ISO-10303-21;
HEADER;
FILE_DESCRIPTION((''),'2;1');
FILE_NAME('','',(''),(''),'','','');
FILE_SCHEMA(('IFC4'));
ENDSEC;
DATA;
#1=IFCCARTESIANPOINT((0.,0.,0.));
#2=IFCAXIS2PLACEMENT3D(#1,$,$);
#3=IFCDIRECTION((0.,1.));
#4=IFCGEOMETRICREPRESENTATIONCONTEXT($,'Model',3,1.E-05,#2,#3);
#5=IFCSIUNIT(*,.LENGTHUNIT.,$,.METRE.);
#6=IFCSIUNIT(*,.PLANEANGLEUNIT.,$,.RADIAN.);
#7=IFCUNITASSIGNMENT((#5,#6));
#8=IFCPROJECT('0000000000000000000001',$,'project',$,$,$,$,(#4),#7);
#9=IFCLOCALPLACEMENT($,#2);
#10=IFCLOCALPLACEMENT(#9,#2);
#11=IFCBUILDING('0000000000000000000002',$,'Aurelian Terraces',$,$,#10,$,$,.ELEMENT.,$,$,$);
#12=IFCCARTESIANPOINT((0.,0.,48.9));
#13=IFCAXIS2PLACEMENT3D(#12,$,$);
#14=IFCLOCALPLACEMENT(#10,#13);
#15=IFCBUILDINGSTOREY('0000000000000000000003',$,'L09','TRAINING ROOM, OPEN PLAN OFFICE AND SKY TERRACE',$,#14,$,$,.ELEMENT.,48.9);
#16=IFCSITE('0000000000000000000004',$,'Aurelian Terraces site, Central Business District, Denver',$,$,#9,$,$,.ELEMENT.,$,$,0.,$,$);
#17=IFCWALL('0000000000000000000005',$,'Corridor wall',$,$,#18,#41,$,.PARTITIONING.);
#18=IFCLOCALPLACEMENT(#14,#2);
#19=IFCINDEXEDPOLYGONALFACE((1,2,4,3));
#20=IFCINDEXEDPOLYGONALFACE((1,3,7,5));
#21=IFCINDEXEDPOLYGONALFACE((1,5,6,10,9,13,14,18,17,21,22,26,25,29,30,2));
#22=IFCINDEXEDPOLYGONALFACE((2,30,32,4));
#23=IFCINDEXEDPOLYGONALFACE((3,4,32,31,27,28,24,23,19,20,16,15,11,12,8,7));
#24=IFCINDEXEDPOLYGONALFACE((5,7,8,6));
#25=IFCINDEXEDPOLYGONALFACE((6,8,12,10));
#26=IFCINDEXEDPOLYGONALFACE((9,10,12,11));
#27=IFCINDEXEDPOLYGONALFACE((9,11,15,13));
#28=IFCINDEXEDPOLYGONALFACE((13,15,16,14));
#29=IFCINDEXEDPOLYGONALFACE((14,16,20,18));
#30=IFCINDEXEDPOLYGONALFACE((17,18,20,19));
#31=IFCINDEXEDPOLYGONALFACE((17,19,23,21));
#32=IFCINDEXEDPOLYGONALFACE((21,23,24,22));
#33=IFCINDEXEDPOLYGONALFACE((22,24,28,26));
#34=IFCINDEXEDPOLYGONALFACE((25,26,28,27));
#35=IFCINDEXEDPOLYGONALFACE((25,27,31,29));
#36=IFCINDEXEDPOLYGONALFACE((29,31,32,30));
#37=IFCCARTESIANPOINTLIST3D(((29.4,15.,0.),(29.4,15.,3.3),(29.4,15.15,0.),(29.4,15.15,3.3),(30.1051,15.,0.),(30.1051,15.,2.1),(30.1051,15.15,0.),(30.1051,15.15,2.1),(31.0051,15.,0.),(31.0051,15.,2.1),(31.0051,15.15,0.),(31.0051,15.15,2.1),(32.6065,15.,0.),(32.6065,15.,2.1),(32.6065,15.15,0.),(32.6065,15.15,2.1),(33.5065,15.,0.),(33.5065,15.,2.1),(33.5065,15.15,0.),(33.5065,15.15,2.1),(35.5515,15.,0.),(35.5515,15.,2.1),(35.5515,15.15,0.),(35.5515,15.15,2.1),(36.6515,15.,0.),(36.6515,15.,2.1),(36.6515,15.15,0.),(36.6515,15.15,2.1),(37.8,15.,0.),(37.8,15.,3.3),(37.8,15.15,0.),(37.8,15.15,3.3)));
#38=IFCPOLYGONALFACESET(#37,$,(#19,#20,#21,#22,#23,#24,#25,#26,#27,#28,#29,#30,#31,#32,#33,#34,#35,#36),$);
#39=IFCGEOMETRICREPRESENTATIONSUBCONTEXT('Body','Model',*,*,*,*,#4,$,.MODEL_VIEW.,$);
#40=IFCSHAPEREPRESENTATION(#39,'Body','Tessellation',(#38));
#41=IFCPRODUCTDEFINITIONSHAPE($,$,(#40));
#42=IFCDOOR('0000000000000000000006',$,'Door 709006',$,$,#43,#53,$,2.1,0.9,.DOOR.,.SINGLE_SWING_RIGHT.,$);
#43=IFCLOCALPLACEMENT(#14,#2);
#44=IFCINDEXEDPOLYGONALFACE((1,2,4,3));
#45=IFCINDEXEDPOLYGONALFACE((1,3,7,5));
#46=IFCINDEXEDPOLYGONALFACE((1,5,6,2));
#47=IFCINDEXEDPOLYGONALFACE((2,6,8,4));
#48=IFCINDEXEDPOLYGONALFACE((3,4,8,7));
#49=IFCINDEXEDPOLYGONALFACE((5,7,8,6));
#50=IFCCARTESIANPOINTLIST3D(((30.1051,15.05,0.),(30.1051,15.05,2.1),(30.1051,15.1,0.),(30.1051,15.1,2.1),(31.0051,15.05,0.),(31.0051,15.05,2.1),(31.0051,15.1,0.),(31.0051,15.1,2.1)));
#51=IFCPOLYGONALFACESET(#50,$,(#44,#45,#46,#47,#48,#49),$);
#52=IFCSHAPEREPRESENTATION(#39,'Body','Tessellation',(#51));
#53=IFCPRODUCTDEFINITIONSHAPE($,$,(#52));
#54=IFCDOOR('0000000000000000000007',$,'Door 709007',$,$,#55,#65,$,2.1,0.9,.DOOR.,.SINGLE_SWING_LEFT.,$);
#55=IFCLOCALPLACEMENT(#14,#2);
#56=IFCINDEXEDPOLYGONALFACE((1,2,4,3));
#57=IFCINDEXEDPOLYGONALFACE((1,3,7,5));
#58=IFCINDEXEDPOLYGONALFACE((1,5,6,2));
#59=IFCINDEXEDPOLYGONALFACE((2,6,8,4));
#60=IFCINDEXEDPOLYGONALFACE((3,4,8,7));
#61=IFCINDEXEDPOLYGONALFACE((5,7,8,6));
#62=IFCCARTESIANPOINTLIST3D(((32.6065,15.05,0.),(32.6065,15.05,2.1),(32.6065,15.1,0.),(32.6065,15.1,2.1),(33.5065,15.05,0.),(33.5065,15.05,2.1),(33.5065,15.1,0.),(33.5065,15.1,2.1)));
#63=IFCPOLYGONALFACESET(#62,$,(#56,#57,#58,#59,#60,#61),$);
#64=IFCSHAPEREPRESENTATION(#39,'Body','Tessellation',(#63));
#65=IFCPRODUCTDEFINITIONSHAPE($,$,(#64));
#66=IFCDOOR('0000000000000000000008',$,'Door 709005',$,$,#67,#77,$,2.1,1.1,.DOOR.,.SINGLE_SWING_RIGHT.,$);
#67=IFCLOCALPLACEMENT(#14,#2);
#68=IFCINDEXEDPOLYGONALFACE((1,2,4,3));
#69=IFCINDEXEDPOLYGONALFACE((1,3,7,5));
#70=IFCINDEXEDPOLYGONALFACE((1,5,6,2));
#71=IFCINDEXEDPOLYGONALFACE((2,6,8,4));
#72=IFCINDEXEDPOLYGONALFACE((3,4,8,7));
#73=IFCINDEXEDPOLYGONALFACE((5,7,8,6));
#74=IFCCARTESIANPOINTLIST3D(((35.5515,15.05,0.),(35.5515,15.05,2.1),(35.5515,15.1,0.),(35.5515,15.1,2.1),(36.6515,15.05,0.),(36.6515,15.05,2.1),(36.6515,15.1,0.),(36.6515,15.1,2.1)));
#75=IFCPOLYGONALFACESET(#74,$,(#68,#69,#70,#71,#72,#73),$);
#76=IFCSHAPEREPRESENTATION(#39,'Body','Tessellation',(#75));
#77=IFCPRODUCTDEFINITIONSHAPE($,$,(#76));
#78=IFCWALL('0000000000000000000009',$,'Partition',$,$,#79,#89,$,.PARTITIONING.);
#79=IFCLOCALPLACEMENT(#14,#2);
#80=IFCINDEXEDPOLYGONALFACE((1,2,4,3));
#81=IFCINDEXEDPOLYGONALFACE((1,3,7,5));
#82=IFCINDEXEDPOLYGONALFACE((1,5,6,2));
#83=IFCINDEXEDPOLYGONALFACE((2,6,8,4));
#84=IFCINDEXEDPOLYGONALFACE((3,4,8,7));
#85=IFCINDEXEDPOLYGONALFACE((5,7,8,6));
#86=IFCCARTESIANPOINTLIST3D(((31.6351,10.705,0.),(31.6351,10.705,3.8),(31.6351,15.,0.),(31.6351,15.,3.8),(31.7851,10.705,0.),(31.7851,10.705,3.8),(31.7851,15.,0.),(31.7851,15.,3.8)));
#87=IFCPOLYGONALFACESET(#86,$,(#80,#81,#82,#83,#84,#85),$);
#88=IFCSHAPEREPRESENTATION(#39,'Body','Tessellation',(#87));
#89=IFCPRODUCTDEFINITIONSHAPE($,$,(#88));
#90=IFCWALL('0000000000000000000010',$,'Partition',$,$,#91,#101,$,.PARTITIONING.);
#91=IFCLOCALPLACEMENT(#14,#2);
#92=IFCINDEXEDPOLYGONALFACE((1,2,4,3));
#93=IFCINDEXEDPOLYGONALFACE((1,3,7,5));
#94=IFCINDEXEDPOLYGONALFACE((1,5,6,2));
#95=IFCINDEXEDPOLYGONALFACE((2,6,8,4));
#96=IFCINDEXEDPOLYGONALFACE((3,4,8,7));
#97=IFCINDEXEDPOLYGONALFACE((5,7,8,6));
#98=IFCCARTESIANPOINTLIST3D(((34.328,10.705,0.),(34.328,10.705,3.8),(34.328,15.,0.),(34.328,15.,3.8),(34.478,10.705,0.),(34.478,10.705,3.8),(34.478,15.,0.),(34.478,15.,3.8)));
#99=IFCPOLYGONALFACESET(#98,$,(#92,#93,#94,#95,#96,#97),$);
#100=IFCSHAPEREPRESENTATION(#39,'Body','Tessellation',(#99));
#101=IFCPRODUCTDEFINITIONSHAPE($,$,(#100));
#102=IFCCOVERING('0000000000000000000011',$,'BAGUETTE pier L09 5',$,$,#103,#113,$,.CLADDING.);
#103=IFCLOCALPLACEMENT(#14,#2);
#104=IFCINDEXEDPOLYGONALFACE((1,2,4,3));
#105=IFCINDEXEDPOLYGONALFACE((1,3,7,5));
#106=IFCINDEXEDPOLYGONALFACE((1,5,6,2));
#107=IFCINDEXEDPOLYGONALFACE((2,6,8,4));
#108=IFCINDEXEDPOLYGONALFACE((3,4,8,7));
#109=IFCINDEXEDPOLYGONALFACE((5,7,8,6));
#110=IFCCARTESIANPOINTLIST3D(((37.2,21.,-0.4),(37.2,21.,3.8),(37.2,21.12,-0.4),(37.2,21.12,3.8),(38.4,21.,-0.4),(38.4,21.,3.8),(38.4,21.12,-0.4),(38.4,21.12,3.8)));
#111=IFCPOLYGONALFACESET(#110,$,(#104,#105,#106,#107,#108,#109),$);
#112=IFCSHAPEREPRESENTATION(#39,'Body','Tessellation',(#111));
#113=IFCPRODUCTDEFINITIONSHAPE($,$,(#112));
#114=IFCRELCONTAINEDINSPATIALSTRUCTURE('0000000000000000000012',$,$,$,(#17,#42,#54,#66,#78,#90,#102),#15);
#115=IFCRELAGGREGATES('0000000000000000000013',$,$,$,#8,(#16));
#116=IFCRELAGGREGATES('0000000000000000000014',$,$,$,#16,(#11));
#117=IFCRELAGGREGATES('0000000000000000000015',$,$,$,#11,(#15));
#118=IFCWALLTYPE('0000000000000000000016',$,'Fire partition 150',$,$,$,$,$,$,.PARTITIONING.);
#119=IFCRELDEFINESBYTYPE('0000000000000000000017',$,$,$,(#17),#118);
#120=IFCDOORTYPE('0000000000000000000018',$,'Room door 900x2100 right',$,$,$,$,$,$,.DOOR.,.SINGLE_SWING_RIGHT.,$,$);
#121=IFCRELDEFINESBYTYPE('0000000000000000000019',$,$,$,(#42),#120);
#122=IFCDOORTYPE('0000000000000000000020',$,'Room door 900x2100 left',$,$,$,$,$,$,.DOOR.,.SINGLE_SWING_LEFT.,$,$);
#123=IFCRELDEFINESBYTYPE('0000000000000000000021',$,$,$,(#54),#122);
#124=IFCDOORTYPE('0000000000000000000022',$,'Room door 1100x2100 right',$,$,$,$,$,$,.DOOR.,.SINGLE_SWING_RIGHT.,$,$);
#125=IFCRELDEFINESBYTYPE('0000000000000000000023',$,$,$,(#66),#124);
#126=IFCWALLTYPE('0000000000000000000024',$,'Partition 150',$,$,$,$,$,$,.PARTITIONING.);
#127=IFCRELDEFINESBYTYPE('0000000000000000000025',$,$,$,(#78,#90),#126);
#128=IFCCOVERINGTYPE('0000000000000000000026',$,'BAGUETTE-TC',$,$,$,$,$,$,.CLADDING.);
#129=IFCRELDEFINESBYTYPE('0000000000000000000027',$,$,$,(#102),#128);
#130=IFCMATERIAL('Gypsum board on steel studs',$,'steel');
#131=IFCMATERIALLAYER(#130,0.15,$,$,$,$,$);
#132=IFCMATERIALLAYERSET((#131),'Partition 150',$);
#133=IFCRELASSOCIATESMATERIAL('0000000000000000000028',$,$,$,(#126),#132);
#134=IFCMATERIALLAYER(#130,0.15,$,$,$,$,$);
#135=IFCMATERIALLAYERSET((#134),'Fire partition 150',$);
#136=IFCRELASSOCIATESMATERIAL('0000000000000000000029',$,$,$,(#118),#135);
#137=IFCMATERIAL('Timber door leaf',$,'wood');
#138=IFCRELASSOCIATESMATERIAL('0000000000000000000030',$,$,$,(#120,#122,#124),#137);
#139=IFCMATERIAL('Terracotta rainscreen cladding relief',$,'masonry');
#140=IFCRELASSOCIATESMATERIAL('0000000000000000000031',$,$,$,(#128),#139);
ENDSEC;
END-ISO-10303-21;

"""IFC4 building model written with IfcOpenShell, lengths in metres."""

from ifc_helpers import new_model, si_unit, direction, frame, frame_2d, origin, origin_2d, place, context, subcontext, project, spatial, rectangle, extrude, source, transform, mapped, material, layer, layer_set, type_object, element, fill, save


model = new_model("IFC4")

# Units and contexts
model_context = context("Model", 3, precision=1e-05, world=origin(), true_north=direction((0.0, 1.0)))
body_context = subcontext(model_context, "Body", "Model", "MODEL_VIEW")
ifc_project = project(units=[si_unit("LENGTHUNIT", "METRE"), si_unit("PLANEANGLEUNIT", "RADIAN")], contexts=[model_context])

# Site, building, storey
site_placement = place(None, origin())
site = spatial("IfcSite", under=ifc_project, at=site_placement, Name="Aurelian Terraces site, Central Business District, Denver", CompositionType="ELEMENT", RefElevation=0.0)
building_placement = place(site_placement, origin())
building = spatial("IfcBuilding", under=site, at=building_placement, Name="Aurelian Terraces", CompositionType="ELEMENT")
storey_placement = place(building_placement, frame((0.0, 0.0, 48.9)))
storey = spatial("IfcBuildingStorey", under=building, at=storey_placement, Name="L09", Description="TRAINING ROOM, OPEN PLAN OFFICE AND SKY TERRACE", CompositionType="ELEMENT", Elevation=48.9)

# Shared definitions
ifc_material_1 = material(Name="Gypsum board on steel studs", Category="steel")
ifc_layer_1 = layer(ifc_material_1, 0.15)
ifc_layer_set_1 = layer_set([ifc_layer_1], Name="Partition 150")
wall_type_1 = type_object("IfcWallType", Name="Partition 150", PredefinedType="PARTITIONING", material=ifc_layer_set_1)

# Wall, openings, doors
ifc_layer_2 = layer(ifc_material_1, 0.15)
ifc_layer_set_2 = layer_set([ifc_layer_2], Name="Fire partition 150")
wall_type_2 = type_object("IfcWallType", Name="Fire partition 150", PredefinedType="PARTITIONING", material=ifc_layer_set_2)
shared_shape_1 = source(origin(), body_context, "Body", "SweptSolid", [
    extrude(rectangle(XDim=8.4, YDim=0.15, at=frame_2d((4.2, 0.0))), origin(), (0.0, 0.0, 1.0), 3.3),
])
wall_1_placement = place(storey_placement, frame((37.8, 15.075, 0.0), z_axis=(0.0, 0.0, 1.0), x_axis=(-1.0, 0.0, 0.0)))
wall_1 = element("IfcWall", 1, at=wall_1_placement, inside=storey, type_object=wall_type_2, Name="Corridor wall", PredefinedType="PARTITIONING", context=body_context, shape_type="MappedRepresentation", body=[
    mapped(shared_shape_1, transform((0.0, 0.0, 0.0), scale=1.0)),
])
shared_shape_2 = source(origin(), body_context, "Body", "SweptSolid", [
    extrude(rectangle(XDim=1.1, YDim=2.1, at=frame_2d((0.55, 1.05))), frame((0.0, 0.085, 0.0), z_axis=(0.0, -1.0, 0.0), x_axis=(1.0, 0.0, 0.0)), (0.0, 0.0, 1.0), 0.17),
])
opening_1_placement = place(wall_1_placement, frame((1.1485, 0.0, 0.0)))
opening_1 = element("IfcOpeningElement", 2, at=opening_1_placement, cuts=wall_1, PredefinedType="OPENING", context=body_context, shape_type="MappedRepresentation", body=[
    mapped(shared_shape_2, transform((0.0, 0.0, 0.0), scale=1.0)),
])
shared_shape_3 = source(origin(), body_context, "Body", "SweptSolid", [
    extrude(rectangle(XDim=0.9, YDim=2.1, at=frame_2d((0.45, 1.05))), frame((0.0, 0.085, 0.0), z_axis=(0.0, -1.0, 0.0), x_axis=(1.0, 0.0, 0.0)), (0.0, 0.0, 1.0), 0.17),
])
opening_2_placement = place(wall_1_placement, frame((6.7949, 0.0, 0.0)))
opening_2 = element("IfcOpeningElement", 3, at=opening_2_placement, cuts=wall_1, PredefinedType="OPENING", context=body_context, shape_type="MappedRepresentation", body=[
    mapped(shared_shape_3, transform((0.0, 0.0, 0.0), scale=1.0)),
])
opening_3_placement = place(wall_1_placement, frame((4.2935, 0.0, 0.0)))
opening_3 = element("IfcOpeningElement", 4, at=opening_3_placement, cuts=wall_1, PredefinedType="OPENING", context=body_context, shape_type="MappedRepresentation", body=[
    mapped(shared_shape_3, transform((0.0, 0.0, 0.0), scale=1.0)),
])
ifc_material_2 = material(Name="Timber door leaf", Category="wood")
door_type_1 = type_object("IfcDoorType", Name="Room door 900x2100 right", OperationType="SINGLE_SWING_RIGHT", PredefinedType="DOOR", material=ifc_material_2)
shared_shape_4 = source(origin(), body_context, "Body", "SweptSolid", [
    extrude(rectangle(XDim=0.9, YDim=2.1, at=frame_2d((0.45, 1.05))), frame((0.0, 0.025, 0.0), z_axis=(0.0, -1.0, 0.0), x_axis=(1.0, 0.0, 0.0)), (0.0, 0.0, 1.0), 0.05),
])
door_1_placement = place(opening_2_placement, origin())
door_1 = element("IfcDoor", 5, at=door_1_placement, inside=storey, type_object=door_type_1, Name="Door 709006", OperationType="SINGLE_SWING_RIGHT", OverallHeight=2.1, OverallWidth=0.9, PredefinedType="DOOR", context=body_context, shape_type="MappedRepresentation", body=[
    mapped(shared_shape_4, transform((0.0, 0.0, 0.0), scale=1.0)),
])
fill(opening_2, door_1)
door_type_2 = type_object("IfcDoorType", Name="Room door 900x2100 left", OperationType="SINGLE_SWING_LEFT", PredefinedType="DOOR", material=ifc_material_2)
door_2_placement = place(opening_3_placement, origin())
door_2 = element("IfcDoor", 6, at=door_2_placement, inside=storey, type_object=door_type_2, Name="Door 709007", OperationType="SINGLE_SWING_LEFT", OverallHeight=2.1, OverallWidth=0.9, PredefinedType="DOOR", context=body_context, shape_type="MappedRepresentation", body=[
    mapped(shared_shape_4, transform((0.0, 0.0, 0.0), scale=1.0)),
])
fill(opening_3, door_2)
door_type_3 = type_object("IfcDoorType", Name="Room door 1100x2100 right", OperationType="SINGLE_SWING_RIGHT", PredefinedType="DOOR", material=ifc_material_2)
shared_shape_5 = source(origin(), body_context, "Body", "SweptSolid", [
    extrude(rectangle(XDim=1.1, YDim=2.1, at=frame_2d((0.55, 1.05))), frame((0.0, 0.025, 0.0), z_axis=(0.0, -1.0, 0.0), x_axis=(1.0, 0.0, 0.0)), (0.0, 0.0, 1.0), 0.05),
])
door_3_placement = place(opening_1_placement, origin())
door_3 = element("IfcDoor", 7, at=door_3_placement, inside=storey, type_object=door_type_3, Name="Door 709005", OperationType="SINGLE_SWING_RIGHT", OverallHeight=2.1, OverallWidth=1.1, PredefinedType="DOOR", context=body_context, shape_type="MappedRepresentation", body=[
    mapped(shared_shape_5, transform((0.0, 0.0, 0.0), scale=1.0)),
])
fill(opening_1, door_3)

# Walls
shared_shape_6 = source(origin(), body_context, "Body", "SweptSolid", [
    extrude(rectangle(XDim=4.295, YDim=0.15, at=frame_2d((2.1475, 0.0))), origin(), (0.0, 0.0, 1.0), 3.8),
])
for number, where, z_axis, x_axis, name in (
    (8, (31.7101, 10.705, 0.0), (0.0, 0.0, 1.0), (0.0, 1.0, 0.0), "Partition"),
    (9, (34.403, 10.705, 0.0), (0.0, 0.0, 1.0), (0.0, 1.0, 0.0), "Partition"),
):
    element("IfcWall", number, at=place(storey_placement, frame(where, z_axis=z_axis, x_axis=x_axis)), inside=storey, type_object=wall_type_1, Name=name, PredefinedType="PARTITIONING", context=body_context, shape_type="MappedRepresentation", body=[
        mapped(shared_shape_6, transform((0.0, 0.0, 0.0), scale=1.0)),
    ])

# Covering
ifc_material_3 = material(Name="Terracotta rainscreen cladding relief", Category="masonry")
covering_type = type_object("IfcCoveringType", Name="BAGUETTE-TC", PredefinedType="CLADDING", material=ifc_material_3)
shared_shape_7 = source(origin(), body_context, "Body", "SweptSolid", [
    extrude(rectangle(XDim=1.2, YDim=0.12, at=origin_2d()), origin(), (0.0, 0.0, 1.0), 4.2),
])
covering_placement = place(storey_placement, frame((37.8, 21.06, -0.4), z_axis=(0.0, 0.0, 1.0), x_axis=(1.0, 0.0, 0.0)))
element("IfcCovering", 10, at=covering_placement, inside=storey, type_object=covering_type, Name="BAGUETTE pier L09 5", PredefinedType="CLADDING", context=body_context, shape_type="MappedRepresentation", body=[
    mapped(shared_shape_7, transform((0.0, 0.0, 0.0), scale=1.0)),
])

save(model, "model.ifc")
